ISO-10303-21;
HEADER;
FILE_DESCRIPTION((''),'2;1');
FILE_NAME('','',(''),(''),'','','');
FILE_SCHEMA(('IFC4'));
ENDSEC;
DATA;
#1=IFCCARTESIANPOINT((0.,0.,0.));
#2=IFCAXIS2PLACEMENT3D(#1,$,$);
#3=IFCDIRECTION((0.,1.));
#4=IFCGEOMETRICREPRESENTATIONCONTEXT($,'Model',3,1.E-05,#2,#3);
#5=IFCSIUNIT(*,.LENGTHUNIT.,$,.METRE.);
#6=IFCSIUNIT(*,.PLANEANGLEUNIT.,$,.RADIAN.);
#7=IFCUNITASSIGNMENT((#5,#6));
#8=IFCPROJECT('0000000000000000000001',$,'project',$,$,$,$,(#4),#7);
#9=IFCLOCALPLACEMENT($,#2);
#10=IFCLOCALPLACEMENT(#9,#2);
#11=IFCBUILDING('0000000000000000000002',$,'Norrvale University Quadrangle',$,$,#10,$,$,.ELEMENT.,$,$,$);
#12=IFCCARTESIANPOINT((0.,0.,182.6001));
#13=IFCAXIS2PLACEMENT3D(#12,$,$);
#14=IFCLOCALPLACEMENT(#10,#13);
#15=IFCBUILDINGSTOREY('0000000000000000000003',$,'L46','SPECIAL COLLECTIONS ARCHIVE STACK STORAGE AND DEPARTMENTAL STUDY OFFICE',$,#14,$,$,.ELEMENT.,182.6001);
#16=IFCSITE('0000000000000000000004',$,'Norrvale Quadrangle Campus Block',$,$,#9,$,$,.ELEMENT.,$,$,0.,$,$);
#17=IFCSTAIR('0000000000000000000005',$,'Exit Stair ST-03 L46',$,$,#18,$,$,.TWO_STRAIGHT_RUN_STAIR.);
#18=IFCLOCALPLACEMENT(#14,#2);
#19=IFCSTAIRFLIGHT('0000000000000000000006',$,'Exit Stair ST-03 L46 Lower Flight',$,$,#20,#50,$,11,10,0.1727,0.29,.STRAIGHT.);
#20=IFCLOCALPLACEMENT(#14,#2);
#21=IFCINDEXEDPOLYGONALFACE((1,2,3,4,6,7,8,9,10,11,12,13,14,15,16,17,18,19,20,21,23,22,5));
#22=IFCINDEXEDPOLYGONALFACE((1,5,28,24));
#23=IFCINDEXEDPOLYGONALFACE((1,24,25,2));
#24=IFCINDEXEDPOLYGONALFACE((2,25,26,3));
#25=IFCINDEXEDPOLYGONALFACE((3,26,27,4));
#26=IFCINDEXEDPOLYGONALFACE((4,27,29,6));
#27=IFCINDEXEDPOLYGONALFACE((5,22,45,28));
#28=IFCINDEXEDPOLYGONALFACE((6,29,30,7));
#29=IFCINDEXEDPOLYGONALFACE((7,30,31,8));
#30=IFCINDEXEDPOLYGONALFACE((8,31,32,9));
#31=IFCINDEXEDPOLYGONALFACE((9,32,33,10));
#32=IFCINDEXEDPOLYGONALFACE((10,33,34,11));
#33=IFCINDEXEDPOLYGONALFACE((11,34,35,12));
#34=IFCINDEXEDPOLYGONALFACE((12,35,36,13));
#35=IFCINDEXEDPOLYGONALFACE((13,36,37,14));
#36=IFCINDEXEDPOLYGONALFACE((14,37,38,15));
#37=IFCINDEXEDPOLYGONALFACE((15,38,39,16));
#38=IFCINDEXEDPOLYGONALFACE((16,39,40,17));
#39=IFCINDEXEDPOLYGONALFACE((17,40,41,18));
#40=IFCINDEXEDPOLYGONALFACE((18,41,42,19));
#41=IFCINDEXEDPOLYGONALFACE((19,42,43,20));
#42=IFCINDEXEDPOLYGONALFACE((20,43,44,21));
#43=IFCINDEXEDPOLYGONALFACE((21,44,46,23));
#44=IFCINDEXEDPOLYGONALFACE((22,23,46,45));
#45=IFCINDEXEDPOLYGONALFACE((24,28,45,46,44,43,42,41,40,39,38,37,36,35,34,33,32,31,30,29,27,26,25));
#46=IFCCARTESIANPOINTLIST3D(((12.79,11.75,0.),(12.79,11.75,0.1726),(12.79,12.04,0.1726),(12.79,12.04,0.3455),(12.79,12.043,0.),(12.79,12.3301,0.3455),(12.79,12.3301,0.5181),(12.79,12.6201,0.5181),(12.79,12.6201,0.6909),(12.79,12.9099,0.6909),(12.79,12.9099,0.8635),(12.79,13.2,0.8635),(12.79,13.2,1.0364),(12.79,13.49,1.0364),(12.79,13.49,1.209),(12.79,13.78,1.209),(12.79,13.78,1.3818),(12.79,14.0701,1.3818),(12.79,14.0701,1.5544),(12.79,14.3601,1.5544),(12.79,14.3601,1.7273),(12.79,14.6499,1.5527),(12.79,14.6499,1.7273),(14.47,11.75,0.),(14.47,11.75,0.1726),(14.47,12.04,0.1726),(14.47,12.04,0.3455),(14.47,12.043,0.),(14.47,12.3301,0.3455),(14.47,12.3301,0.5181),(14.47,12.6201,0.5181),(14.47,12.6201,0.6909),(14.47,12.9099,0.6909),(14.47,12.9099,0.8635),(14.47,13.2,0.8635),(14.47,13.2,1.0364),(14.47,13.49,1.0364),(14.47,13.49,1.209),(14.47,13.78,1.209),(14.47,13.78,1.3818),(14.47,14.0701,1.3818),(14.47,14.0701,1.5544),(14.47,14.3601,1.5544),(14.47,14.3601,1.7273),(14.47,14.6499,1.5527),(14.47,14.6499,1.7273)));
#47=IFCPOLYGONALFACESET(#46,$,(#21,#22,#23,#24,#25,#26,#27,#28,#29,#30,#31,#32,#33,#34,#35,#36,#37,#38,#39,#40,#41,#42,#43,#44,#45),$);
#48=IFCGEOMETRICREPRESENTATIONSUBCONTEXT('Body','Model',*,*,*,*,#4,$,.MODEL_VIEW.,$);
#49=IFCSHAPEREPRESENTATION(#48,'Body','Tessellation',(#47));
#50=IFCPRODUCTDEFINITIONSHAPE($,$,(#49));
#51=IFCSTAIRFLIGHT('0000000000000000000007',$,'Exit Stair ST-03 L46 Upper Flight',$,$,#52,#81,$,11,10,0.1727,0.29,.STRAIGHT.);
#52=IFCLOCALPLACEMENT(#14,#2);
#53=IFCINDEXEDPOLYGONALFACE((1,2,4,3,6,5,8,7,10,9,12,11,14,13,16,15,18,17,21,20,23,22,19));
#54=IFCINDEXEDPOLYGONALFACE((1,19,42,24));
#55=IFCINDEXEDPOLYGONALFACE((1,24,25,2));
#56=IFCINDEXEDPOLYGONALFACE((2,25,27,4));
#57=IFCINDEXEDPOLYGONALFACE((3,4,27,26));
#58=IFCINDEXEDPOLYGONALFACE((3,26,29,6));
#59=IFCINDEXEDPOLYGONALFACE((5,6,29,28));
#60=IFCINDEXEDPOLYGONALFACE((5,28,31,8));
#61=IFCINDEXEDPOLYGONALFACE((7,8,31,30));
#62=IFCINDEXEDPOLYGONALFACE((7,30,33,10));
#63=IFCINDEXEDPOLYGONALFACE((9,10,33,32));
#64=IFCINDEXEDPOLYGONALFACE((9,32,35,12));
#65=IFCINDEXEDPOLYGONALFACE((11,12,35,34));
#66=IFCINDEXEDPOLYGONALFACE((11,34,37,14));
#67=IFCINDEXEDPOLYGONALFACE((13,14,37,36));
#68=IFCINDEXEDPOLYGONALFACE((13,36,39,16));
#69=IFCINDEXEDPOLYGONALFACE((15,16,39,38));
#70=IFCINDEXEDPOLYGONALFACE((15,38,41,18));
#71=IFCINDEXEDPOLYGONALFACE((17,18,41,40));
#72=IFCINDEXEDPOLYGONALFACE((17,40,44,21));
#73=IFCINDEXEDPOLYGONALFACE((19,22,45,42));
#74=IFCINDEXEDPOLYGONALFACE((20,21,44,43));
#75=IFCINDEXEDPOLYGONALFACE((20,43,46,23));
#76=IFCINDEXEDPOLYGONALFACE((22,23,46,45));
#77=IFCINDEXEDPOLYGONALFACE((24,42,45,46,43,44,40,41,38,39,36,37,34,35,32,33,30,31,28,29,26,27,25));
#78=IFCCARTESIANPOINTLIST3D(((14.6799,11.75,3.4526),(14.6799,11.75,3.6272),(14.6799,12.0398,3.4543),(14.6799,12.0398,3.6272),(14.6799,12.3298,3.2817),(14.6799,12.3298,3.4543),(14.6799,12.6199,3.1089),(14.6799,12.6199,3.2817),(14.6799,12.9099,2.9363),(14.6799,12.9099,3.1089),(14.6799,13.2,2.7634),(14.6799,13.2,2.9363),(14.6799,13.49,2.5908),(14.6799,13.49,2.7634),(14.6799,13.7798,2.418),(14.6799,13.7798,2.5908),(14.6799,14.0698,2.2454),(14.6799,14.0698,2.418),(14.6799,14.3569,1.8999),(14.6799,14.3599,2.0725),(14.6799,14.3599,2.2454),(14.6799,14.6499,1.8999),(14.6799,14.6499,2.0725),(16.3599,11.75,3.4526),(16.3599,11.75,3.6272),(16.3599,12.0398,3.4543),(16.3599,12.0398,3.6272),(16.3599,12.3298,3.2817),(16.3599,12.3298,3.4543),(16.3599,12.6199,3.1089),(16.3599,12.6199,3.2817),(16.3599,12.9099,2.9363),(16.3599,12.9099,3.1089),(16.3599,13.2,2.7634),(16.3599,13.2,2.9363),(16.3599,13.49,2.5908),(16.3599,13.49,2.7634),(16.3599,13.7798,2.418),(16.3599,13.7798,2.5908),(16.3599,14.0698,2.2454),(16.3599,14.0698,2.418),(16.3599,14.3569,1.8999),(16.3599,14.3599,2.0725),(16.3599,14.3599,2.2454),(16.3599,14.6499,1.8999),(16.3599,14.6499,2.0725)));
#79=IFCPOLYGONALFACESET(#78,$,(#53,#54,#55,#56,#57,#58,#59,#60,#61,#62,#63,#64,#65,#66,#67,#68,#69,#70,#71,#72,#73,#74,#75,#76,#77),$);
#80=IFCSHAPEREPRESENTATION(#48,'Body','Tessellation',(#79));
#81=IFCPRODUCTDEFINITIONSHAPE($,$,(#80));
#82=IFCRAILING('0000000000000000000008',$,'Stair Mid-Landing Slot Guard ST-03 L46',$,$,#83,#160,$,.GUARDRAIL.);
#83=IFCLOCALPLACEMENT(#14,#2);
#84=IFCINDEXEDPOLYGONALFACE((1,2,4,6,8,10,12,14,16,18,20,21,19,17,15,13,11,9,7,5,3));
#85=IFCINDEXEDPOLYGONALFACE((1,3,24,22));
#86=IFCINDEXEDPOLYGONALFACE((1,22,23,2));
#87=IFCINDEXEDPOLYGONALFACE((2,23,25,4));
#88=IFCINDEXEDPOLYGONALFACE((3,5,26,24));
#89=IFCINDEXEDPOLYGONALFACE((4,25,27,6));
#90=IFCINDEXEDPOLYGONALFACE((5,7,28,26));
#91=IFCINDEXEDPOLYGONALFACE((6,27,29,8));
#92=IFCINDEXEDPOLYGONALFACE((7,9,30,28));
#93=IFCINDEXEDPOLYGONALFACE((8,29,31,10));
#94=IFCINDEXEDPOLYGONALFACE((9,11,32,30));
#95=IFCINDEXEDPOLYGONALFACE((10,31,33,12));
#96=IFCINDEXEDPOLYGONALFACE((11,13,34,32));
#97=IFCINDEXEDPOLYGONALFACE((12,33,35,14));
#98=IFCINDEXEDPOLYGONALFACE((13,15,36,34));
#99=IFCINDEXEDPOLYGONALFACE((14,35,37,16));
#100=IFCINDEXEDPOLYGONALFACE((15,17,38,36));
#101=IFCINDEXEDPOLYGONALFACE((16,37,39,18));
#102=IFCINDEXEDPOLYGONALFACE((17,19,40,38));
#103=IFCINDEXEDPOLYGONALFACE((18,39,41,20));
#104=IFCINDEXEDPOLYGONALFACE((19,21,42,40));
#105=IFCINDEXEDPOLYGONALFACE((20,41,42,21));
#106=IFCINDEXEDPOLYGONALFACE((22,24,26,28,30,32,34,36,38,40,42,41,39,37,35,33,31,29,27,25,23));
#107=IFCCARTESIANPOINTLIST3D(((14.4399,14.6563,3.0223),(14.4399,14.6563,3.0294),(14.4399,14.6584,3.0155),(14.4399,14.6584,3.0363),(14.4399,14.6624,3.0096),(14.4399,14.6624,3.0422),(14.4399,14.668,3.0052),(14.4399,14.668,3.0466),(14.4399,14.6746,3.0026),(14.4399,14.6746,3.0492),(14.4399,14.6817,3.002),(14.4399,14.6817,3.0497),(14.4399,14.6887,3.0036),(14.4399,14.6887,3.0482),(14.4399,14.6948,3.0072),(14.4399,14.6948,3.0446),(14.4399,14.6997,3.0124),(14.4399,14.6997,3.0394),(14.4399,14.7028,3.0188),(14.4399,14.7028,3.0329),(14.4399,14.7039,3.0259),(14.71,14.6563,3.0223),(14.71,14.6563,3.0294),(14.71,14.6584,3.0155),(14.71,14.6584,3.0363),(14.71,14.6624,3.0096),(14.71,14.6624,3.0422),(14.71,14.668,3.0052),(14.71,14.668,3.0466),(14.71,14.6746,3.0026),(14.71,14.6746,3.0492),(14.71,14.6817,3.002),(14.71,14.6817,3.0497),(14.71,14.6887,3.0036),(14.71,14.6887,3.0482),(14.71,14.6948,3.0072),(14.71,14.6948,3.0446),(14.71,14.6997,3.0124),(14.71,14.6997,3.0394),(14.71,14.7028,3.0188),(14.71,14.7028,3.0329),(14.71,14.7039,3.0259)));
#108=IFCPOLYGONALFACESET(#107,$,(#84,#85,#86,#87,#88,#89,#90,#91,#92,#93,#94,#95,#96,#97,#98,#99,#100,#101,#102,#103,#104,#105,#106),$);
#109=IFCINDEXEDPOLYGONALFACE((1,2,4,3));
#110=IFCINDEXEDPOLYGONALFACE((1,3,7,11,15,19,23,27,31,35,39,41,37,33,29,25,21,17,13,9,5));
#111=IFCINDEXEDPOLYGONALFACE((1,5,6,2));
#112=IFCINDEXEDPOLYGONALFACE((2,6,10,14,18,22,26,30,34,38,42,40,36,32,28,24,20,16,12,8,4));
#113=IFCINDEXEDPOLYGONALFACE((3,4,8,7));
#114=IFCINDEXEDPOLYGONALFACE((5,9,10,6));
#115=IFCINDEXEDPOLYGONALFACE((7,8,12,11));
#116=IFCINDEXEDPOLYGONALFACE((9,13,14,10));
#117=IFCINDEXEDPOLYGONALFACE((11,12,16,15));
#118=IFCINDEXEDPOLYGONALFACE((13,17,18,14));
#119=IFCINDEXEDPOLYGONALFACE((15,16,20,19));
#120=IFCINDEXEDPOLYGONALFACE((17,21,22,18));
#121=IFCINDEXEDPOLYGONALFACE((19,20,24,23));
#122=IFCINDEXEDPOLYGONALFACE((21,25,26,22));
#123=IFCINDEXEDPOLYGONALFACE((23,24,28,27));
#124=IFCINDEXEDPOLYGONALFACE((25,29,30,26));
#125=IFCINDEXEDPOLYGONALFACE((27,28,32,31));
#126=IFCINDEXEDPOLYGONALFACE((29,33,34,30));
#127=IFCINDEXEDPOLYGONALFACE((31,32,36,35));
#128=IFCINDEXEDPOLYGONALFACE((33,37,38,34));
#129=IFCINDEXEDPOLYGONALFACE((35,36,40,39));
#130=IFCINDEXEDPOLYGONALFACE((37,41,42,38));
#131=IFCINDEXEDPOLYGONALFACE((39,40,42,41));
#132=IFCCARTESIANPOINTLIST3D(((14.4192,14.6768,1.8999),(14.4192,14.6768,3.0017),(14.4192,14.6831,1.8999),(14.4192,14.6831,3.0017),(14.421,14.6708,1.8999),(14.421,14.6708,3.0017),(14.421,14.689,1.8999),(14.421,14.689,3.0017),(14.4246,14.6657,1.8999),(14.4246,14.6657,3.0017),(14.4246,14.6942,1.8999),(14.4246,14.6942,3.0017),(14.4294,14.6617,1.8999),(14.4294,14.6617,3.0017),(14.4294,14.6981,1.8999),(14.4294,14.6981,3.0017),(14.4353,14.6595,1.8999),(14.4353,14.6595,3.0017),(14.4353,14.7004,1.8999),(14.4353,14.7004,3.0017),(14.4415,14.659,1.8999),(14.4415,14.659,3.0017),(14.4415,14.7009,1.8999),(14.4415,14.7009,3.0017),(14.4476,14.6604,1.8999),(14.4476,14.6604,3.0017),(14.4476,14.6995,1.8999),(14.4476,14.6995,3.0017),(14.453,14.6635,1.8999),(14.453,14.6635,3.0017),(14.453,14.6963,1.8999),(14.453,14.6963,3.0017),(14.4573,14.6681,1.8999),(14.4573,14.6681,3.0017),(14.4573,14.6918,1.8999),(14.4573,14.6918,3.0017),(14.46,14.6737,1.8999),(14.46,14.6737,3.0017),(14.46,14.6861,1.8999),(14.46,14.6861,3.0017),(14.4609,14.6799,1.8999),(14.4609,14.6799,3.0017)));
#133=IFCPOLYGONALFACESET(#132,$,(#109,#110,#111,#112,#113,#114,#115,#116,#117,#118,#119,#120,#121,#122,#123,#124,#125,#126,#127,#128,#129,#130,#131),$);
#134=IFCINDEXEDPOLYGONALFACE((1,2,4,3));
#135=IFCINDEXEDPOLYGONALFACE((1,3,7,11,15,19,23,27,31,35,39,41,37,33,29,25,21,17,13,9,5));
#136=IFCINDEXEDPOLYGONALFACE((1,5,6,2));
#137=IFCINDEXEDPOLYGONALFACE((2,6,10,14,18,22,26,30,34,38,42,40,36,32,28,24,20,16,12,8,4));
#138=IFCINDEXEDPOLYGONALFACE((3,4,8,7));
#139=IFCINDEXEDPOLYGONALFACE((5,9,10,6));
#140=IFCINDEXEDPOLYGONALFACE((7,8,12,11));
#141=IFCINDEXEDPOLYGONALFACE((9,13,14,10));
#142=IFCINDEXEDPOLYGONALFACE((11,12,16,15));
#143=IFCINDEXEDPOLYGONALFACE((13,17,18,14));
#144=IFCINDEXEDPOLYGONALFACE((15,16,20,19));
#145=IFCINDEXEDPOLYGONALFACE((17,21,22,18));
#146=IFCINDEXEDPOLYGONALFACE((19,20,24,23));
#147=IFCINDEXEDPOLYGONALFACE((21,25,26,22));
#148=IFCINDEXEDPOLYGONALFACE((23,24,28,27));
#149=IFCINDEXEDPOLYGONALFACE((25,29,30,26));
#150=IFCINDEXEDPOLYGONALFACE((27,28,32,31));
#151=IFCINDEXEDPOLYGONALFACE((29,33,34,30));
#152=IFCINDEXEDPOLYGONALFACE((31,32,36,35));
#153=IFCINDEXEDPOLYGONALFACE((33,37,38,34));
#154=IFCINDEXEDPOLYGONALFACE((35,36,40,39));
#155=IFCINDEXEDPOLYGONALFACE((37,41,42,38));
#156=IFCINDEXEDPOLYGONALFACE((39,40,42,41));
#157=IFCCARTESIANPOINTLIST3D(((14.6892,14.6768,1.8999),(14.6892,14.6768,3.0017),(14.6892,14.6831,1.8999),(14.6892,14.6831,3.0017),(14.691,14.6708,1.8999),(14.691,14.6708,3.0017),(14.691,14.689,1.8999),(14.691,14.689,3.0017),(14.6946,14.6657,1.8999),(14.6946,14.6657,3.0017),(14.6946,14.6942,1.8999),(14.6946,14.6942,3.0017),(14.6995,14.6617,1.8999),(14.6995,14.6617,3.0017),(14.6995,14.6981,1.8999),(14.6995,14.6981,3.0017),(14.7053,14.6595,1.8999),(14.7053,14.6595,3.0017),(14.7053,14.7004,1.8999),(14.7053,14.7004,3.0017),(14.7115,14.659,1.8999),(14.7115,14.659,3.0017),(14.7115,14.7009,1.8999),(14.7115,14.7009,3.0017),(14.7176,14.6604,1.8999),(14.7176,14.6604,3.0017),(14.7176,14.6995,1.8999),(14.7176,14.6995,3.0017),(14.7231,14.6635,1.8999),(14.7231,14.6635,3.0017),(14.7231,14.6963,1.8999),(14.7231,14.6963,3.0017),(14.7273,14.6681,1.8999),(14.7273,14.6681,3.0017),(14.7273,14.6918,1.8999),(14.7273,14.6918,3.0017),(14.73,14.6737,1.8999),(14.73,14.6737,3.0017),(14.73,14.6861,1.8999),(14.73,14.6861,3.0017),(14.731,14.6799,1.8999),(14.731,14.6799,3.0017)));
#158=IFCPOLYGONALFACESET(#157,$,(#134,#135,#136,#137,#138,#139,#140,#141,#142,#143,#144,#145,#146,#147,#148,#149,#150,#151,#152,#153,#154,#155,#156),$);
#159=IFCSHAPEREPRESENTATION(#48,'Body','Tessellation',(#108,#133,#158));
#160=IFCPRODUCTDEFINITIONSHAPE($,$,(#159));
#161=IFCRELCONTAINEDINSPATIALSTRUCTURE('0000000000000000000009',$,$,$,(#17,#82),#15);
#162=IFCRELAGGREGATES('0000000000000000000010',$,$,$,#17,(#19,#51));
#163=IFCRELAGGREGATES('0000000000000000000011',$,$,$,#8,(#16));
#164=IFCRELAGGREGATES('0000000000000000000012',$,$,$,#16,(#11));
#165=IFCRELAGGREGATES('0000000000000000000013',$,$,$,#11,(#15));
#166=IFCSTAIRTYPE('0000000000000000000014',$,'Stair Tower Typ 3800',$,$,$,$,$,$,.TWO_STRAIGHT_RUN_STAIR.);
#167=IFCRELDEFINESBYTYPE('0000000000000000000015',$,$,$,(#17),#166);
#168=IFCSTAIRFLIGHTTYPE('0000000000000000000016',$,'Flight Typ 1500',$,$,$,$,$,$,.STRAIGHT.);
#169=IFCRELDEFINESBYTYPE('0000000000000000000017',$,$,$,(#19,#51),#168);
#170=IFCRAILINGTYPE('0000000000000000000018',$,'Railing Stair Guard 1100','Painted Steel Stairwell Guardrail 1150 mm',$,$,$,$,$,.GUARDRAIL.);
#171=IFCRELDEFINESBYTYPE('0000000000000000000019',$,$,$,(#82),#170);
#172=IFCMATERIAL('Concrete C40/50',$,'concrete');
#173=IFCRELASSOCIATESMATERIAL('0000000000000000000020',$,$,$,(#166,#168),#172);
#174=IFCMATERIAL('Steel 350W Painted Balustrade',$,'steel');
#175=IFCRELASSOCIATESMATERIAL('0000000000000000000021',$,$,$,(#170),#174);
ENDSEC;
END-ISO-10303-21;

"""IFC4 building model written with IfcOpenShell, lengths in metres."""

from ifc_helpers import new_model, si_unit, direction, frame, origin, origin_2d, place, context, subcontext, project, spatial, polyline, circle, outline, extrude, material, type_object, element, aggregate, save


model = new_model("IFC4")

# Units and contexts
model_context = context("Model", 3, precision=1e-05, world=origin(), true_north=direction((0.0, 1.0)))
body_context = subcontext(model_context, "Body", "Model", "MODEL_VIEW")
ifc_project = project(units=[si_unit("LENGTHUNIT", "METRE"), si_unit("PLANEANGLEUNIT", "RADIAN")], contexts=[model_context])

# Site, building, storey
site_placement = place(None, origin())
site = spatial("IfcSite", under=ifc_project, at=site_placement, Name="Norrvale Quadrangle Campus Block", CompositionType="ELEMENT", RefElevation=0.0)
building_placement = place(site_placement, origin())
building = spatial("IfcBuilding", under=site, at=building_placement, Name="Norrvale University Quadrangle", CompositionType="ELEMENT")
storey_placement = place(building_placement, frame((0.0, 0.0, 182.6001)))
storey = spatial("IfcBuildingStorey", under=building, at=storey_placement, Name="L46", Description="SPECIAL COLLECTIONS ARCHIVE STACK STORAGE AND DEPARTMENTAL STUDY OFFICE", CompositionType="ELEMENT", Elevation=182.6001)

# Stair, stair flights
ifc_material_1 = material(Name="Concrete C40/50", Category="concrete")
stair_type = type_object("IfcStairType", Name="Stair Tower Typ 3800", PredefinedType="TWO_STRAIGHT_RUN_STAIR", material=ifc_material_1)
stair_placement = place(storey_placement, origin())
stair = element("IfcStair", 1, at=stair_placement, inside=storey, type_object=stair_type, Name="Exit Stair ST-03 L46", PredefinedType="TWO_STRAIGHT_RUN_STAIR")
stair_flight_type = type_object("IfcStairFlightType", Name="Flight Typ 1500", PredefinedType="STRAIGHT", material=ifc_material_1)
stair_flight_1_placement = place(storey_placement, frame((13.6299, 11.75, 0.0), z_axis=(0.0, 0.0, 1.0), x_axis=(0.0, 1.0, 0.0)))
stair_flight_1 = element("IfcStairFlight", 2, at=stair_flight_1_placement, type_object=stair_flight_type, Name="Exit Stair ST-03 L46 Lower Flight", NumberOfRisers=11, NumberOfTreads=10, PredefinedType="STRAIGHT", RiserHeight=0.1727, TreadLength=0.29, context=body_context, shape_type="SweptSolid", body=[
    extrude(outline(polyline([(0.0, 0.0), (0.0, 0.1726), (0.29, 0.1726), (0.29, 0.3455), (0.5801, 0.3455), (0.5801, 0.5181), (0.8701, 0.5181), (0.8701, 0.6909), (1.1599, 0.6909), (1.1599, 0.8635), (1.45, 0.8635), (1.45, 1.0364), (1.74, 1.0364), (1.74, 1.209), (2.03, 1.209), (2.03, 1.3818), (2.3201, 1.3818), (2.3201, 1.5544), (2.6101, 1.5544), (2.6101, 1.7273), (2.8999, 1.7273), (2.8999, 1.8999), (2.8999, 1.5527), (0.293, 0.0), (0.0, 0.0)])), frame((0.0, 0.8398, 0.0), z_axis=(0.0, -1.0, 0.0), x_axis=(1.0, 0.0, 0.0)), (0.0, 0.0, 1.0), 1.6799),
])
stair_flight_2_placement = place(storey_placement, frame((15.52, 14.6499, 1.8999), z_axis=(0.0, 0.0, 1.0), x_axis=(0.0, -1.0, 0.0)))
stair_flight_2 = element("IfcStairFlight", 3, at=stair_flight_2_placement, type_object=stair_flight_type, Name="Exit Stair ST-03 L46 Upper Flight", NumberOfRisers=11, NumberOfTreads=10, PredefinedType="STRAIGHT", RiserHeight=0.1727, TreadLength=0.29, context=body_context, shape_type="SweptSolid", body=[
    extrude(outline(polyline([(0.0, 0.0), (0.0, 0.1726), (0.29, 0.1726), (0.29, 0.3455), (0.5801, 0.3455), (0.5801, 0.5181), (0.8701, 0.5181), (0.8701, 0.6909), (1.1599, 0.6909), (1.1599, 0.8635), (1.45, 0.8635), (1.45, 1.0364), (1.74, 1.0364), (1.74, 1.209), (2.03, 1.209), (2.03, 1.3818), (2.3201, 1.3818), (2.3201, 1.5544), (2.6101, 1.5544), (2.6101, 1.7273), (2.8999, 1.7273), (2.8999, 1.8999), (2.8999, 1.5527), (0.293, 0.0), (0.0, 0.0)])), frame((0.0, 0.8398, 0.0), z_axis=(0.0, -1.0, 0.0), x_axis=(1.0, 0.0, 0.0)), (0.0, 0.0, 1.0), 1.6799),
])
aggregate(stair, [stair_flight_1, stair_flight_2])

# Railing
ifc_material_2 = material(Name="Steel 350W Painted Balustrade", Category="steel")
railing_type_1 = type_object("IfcRailingType", Name="Railing Stair Guard 1100", Description="Painted Steel Stairwell Guardrail 1150 mm", PredefinedType="GUARDRAIL", material=ifc_material_2)
railing_1_placement = place(storey_placement, frame((14.4399, 14.6799, 1.8999)))
element("IfcRailing", 4, at=railing_1_placement, inside=storey, type_object=railing_type_1, Name="Stair Mid-Landing Slot Guard ST-03 L46", PredefinedType="GUARDRAIL", context=body_context, shape_type="SweptSolid", body=[
    extrude(circle(Radius=0.0239, at=origin_2d()), frame((0.0, 0.0, 1.126), z_axis=(1.0, 0.0, 0.0), x_axis=(0.0, 1.0, 0.0)), (0.0, 0.0, 1.0), 0.27),
    extrude(circle(Radius=0.021, at=origin_2d()), origin(), (0.0, 0.0, 1.0), 1.1018),
    extrude(circle(Radius=0.021, at=origin_2d()), frame((0.27, 0.0, 0.0)), (0.0, 0.0, 1.0), 1.1018),
])

save(model, "model.ifc")
